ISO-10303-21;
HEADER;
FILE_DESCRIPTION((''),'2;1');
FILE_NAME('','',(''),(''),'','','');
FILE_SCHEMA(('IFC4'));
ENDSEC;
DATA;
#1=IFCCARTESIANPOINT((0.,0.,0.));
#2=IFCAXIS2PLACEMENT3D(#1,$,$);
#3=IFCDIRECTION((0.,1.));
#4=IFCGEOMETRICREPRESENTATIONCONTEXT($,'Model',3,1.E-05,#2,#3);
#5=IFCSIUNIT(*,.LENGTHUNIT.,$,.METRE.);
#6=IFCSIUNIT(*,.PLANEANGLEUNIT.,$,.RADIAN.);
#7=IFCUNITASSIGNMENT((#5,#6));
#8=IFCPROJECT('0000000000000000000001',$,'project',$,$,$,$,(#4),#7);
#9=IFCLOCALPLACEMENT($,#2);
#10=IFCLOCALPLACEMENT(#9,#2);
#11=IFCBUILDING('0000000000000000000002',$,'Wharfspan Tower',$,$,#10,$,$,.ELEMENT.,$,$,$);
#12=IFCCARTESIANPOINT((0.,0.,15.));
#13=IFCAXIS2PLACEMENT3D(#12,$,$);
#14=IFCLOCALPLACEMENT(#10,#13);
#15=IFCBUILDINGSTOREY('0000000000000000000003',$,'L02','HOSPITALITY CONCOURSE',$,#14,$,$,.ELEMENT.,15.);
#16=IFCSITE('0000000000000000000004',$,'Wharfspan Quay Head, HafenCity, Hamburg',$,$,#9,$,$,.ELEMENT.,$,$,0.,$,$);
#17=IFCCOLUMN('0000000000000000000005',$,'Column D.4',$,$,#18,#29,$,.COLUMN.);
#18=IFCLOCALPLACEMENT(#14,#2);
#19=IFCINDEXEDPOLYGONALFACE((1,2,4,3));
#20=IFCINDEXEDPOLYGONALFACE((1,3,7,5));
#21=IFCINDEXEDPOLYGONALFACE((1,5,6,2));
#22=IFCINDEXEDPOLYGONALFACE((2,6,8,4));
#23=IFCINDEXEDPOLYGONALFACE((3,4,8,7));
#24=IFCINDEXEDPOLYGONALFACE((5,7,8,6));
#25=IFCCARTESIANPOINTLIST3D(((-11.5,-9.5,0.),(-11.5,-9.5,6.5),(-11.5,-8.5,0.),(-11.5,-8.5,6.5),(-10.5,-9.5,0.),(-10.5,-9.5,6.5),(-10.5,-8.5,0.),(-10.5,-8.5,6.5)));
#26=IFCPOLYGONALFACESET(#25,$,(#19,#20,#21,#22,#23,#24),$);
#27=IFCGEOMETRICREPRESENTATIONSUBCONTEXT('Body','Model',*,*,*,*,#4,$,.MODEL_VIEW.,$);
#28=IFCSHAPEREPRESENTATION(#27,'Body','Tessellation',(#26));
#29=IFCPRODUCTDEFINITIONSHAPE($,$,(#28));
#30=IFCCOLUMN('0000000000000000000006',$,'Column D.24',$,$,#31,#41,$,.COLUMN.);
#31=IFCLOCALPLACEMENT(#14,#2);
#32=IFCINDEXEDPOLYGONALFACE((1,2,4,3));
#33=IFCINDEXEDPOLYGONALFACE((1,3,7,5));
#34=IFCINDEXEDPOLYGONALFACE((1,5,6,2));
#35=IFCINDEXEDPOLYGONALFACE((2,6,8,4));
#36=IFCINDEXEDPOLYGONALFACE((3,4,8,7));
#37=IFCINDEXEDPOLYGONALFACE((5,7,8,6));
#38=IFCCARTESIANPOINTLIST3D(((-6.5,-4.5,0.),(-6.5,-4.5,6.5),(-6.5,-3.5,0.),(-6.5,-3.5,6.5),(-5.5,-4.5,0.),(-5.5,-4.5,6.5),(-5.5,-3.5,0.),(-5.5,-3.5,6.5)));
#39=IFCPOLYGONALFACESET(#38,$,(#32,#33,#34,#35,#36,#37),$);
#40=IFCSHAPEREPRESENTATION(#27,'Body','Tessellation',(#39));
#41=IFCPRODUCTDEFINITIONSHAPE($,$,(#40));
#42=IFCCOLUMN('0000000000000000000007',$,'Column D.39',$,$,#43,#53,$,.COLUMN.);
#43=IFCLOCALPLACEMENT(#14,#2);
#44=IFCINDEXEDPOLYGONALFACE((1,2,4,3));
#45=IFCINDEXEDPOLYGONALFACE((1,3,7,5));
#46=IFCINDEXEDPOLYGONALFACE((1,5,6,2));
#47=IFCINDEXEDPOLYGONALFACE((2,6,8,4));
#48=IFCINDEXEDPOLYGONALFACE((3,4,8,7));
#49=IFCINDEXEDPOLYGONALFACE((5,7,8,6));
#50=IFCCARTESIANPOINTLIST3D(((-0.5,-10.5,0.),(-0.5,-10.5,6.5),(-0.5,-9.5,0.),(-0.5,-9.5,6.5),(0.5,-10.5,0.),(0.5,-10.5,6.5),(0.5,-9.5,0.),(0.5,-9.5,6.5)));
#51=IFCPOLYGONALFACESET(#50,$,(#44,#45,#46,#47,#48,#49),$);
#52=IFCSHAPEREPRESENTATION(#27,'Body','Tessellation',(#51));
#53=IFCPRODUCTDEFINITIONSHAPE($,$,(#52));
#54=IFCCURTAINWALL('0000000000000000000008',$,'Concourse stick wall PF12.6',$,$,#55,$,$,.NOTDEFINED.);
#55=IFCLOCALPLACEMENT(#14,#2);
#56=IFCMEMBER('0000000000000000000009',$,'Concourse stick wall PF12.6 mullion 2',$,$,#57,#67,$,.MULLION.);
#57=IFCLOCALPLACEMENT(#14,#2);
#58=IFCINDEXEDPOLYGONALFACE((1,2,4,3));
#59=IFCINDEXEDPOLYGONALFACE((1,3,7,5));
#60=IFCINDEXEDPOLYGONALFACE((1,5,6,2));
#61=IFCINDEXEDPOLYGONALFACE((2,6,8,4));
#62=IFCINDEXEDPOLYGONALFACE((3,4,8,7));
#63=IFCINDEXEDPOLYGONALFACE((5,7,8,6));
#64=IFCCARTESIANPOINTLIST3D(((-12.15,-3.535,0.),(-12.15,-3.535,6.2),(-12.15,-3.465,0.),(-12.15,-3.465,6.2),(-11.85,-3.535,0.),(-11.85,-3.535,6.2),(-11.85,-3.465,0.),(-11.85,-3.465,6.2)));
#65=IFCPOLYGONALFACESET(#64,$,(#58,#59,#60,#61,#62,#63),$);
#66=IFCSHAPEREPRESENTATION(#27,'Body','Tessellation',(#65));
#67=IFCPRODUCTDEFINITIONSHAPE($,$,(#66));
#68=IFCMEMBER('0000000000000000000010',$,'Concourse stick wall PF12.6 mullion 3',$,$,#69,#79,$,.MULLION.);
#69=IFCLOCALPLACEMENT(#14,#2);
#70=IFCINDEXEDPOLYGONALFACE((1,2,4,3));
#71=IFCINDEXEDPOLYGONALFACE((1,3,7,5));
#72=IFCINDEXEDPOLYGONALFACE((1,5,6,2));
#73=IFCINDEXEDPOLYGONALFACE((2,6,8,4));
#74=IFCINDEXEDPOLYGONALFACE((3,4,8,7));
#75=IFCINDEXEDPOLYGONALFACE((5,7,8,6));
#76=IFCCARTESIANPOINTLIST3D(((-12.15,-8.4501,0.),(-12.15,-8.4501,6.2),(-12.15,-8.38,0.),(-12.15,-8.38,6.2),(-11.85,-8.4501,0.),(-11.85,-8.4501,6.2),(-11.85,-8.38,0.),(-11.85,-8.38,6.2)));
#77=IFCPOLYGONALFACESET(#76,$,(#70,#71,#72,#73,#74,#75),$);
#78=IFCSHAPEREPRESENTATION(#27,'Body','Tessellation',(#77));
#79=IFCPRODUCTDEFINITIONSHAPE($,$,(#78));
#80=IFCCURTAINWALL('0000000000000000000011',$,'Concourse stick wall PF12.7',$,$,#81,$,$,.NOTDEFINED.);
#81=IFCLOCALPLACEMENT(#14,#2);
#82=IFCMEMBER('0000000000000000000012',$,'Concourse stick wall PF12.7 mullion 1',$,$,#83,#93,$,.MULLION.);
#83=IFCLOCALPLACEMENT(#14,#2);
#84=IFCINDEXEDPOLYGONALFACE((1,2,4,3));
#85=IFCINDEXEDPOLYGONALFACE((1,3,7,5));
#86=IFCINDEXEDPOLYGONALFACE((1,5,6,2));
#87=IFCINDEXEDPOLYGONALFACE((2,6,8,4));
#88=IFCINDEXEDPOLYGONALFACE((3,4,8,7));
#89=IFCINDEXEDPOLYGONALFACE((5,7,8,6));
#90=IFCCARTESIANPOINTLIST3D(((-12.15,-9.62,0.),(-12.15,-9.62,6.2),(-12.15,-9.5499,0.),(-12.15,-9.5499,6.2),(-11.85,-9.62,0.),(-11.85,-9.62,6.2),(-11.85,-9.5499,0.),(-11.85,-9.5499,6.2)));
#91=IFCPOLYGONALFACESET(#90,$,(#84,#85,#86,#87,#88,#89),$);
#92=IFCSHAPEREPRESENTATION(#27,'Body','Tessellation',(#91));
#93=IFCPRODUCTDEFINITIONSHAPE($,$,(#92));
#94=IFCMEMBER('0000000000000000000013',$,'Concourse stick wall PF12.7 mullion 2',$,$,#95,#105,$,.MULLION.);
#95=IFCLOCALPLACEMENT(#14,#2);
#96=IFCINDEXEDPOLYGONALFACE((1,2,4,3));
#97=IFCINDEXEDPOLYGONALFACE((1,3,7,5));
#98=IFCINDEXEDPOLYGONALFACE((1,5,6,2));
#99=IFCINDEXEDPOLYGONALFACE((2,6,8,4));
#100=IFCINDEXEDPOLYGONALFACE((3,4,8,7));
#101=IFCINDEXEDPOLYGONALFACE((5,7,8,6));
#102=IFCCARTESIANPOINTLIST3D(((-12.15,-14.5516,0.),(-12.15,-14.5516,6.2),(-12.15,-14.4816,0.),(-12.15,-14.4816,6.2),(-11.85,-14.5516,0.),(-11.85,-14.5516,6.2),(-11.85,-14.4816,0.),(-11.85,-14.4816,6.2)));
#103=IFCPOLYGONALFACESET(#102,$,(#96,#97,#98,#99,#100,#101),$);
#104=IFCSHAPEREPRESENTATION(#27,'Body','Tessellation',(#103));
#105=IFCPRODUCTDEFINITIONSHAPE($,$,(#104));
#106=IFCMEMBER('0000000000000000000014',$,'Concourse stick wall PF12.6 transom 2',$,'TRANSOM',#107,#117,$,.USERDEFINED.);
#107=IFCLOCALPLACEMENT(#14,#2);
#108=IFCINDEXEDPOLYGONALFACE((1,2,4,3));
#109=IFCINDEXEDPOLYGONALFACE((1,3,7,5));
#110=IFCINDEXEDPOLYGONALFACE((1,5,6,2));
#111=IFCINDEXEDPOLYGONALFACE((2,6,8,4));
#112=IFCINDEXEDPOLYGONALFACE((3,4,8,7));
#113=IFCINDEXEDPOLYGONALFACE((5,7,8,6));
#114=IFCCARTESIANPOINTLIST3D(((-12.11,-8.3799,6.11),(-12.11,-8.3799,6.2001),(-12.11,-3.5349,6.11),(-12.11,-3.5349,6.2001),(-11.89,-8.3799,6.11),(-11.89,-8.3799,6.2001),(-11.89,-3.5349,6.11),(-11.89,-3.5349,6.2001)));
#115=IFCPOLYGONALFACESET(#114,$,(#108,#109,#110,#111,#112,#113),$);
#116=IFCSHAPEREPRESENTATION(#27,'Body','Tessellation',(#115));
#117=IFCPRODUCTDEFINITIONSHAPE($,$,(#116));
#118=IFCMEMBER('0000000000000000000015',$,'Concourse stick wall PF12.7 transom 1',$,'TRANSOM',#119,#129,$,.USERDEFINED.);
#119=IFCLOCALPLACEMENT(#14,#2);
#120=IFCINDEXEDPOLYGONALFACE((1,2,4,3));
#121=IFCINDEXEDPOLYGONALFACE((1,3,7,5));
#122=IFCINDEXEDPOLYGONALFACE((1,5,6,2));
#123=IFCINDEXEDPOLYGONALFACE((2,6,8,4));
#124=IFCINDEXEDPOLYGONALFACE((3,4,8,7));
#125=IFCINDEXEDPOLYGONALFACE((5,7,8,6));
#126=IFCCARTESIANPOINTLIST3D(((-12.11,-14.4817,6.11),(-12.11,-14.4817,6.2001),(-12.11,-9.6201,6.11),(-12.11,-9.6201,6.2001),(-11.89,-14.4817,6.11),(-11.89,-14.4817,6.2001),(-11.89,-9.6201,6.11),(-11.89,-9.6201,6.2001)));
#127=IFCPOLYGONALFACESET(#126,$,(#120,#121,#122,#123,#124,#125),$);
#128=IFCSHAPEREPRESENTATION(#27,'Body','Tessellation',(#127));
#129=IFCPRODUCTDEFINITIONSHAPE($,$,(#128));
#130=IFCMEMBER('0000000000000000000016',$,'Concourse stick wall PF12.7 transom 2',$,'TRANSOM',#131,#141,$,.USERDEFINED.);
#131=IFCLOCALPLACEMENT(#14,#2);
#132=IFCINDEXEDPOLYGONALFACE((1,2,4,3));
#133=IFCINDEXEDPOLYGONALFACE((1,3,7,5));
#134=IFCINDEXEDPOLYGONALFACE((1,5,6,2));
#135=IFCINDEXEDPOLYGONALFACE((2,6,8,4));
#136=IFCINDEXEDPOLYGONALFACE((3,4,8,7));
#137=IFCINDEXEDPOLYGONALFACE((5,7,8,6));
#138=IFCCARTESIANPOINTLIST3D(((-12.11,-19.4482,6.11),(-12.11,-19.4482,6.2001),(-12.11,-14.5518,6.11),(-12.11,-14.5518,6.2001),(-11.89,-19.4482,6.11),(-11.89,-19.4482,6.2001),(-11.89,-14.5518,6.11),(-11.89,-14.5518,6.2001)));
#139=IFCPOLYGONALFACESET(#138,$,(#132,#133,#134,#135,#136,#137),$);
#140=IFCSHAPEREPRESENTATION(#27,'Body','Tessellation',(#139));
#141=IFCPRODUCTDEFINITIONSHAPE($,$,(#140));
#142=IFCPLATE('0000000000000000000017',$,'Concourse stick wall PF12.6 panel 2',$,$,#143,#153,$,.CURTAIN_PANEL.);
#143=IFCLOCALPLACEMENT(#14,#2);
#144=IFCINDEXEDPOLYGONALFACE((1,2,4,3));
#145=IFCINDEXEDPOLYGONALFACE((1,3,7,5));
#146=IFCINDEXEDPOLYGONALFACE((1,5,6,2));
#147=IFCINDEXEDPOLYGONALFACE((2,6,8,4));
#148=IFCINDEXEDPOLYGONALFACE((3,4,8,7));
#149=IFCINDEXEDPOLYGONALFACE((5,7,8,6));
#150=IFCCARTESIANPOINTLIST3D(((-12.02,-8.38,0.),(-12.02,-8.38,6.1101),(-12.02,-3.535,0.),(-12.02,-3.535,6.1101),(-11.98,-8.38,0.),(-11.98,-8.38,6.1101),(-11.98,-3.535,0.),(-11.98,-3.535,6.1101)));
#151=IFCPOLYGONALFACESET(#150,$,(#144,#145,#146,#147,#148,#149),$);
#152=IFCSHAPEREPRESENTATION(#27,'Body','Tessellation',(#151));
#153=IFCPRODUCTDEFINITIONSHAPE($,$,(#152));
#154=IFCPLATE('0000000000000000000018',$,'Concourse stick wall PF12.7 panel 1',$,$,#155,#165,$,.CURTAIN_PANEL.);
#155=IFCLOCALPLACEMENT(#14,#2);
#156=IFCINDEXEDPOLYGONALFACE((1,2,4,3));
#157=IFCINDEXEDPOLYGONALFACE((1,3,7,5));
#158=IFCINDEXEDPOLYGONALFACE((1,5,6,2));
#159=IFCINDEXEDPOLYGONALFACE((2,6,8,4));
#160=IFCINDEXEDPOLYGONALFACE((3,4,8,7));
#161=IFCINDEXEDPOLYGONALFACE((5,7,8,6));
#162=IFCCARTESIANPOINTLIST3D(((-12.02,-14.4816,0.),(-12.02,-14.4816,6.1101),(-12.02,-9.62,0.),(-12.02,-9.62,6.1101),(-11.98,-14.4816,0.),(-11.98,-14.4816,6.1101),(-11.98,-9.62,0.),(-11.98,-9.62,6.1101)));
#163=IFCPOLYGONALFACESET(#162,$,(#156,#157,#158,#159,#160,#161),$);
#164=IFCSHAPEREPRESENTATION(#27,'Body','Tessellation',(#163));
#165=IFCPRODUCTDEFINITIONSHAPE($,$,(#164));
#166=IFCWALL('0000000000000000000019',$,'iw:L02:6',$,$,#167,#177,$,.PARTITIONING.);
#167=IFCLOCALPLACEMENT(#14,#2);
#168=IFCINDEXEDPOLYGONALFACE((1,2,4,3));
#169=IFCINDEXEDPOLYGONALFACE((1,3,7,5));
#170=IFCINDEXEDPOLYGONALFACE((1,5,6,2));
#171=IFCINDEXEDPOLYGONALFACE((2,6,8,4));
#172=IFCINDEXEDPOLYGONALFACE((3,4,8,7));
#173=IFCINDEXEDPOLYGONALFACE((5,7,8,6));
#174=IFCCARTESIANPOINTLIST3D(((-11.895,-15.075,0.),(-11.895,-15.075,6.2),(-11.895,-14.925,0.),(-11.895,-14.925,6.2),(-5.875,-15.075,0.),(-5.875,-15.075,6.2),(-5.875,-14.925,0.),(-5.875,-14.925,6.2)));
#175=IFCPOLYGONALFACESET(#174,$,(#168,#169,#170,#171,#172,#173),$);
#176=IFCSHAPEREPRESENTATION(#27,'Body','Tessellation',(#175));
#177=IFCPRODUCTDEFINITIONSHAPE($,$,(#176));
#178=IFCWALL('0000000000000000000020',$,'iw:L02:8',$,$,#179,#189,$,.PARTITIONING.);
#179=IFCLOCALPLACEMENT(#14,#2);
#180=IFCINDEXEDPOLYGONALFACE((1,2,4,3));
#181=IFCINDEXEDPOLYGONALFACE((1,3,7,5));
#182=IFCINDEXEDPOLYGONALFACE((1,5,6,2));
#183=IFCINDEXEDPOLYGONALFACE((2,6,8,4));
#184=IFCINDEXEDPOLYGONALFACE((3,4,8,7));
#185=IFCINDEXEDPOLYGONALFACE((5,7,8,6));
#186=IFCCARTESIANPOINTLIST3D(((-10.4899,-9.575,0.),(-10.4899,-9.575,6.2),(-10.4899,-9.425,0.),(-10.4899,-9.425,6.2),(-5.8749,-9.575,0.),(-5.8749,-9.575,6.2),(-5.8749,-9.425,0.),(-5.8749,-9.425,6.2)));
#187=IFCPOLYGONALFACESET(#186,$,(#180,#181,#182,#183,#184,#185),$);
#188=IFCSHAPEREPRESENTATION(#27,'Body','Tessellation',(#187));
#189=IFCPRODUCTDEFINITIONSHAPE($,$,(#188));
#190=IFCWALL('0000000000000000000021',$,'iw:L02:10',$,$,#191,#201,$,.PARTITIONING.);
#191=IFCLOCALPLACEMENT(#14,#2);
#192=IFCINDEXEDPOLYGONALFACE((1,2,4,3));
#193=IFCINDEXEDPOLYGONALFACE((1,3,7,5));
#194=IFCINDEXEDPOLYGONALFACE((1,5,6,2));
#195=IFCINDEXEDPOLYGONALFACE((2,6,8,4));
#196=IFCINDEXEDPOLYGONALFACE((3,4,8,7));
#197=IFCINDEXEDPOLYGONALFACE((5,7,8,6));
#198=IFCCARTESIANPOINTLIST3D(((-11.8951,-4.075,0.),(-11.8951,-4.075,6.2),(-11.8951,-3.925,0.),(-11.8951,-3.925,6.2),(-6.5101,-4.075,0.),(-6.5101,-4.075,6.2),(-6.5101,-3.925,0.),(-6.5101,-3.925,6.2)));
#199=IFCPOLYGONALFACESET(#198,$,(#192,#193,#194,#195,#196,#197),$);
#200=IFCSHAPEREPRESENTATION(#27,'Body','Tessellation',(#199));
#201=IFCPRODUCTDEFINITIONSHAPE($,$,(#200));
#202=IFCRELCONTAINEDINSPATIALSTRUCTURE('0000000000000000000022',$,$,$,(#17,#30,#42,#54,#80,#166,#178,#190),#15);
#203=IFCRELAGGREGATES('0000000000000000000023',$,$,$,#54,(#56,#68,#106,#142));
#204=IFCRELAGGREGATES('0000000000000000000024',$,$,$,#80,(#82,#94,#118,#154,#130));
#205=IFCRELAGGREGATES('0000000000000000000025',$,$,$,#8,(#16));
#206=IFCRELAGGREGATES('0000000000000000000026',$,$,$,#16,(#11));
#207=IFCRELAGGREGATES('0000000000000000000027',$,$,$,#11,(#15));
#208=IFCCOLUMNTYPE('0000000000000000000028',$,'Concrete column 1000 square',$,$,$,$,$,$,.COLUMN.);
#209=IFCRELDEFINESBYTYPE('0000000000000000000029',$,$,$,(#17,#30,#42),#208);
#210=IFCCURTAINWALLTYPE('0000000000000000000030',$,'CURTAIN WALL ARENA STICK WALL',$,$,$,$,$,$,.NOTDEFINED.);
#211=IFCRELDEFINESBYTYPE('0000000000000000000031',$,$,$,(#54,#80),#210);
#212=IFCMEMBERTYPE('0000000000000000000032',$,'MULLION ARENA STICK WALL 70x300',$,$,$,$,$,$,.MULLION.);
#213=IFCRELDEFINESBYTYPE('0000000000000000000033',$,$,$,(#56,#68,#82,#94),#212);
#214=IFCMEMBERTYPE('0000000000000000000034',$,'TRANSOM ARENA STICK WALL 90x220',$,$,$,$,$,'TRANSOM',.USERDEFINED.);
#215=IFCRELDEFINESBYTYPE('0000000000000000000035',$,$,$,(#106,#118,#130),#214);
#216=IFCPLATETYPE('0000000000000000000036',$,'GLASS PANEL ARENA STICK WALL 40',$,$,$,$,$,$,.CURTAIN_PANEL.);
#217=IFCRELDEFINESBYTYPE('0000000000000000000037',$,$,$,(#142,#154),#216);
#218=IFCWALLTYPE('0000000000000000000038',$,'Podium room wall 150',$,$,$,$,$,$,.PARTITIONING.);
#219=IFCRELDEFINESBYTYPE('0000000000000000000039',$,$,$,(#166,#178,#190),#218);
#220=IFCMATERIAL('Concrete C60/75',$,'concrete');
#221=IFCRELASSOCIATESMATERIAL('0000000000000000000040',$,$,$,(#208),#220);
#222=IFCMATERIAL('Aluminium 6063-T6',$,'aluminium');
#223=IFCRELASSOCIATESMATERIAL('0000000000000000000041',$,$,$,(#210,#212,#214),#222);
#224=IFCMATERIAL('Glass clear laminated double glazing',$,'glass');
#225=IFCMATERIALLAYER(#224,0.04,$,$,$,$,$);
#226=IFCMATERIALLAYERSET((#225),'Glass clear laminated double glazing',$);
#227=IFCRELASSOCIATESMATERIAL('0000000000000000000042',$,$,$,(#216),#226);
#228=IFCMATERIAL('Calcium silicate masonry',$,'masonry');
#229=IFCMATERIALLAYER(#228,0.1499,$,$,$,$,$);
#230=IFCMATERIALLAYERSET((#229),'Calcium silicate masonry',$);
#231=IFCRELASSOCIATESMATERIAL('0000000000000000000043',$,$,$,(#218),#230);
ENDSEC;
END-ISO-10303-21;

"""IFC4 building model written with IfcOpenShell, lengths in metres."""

from ifc_helpers import new_model, si_unit, direction, frame, frame_2d, origin, origin_2d, place, context, subcontext, project, spatial, rectangle, extrude, material, layer, layer_set, material_profile, profile_set, type_object, element, aggregate, save


model = new_model("IFC4")

# Units and contexts
model_context = context("Model", 3, precision=1e-05, world=origin(), true_north=direction((0.0, 1.0)))
body_context = subcontext(model_context, "Body", "Model", "MODEL_VIEW")
ifc_project = project(units=[si_unit("LENGTHUNIT", "METRE"), si_unit("PLANEANGLEUNIT", "RADIAN")], contexts=[model_context])

# Site, building, storey
site_placement = place(None, origin())
site = spatial("IfcSite", under=ifc_project, at=site_placement, Name="Wharfspan Quay Head, HafenCity, Hamburg", CompositionType="ELEMENT", RefElevation=0.0)
building_placement = place(site_placement, origin())
building = spatial("IfcBuilding", under=site, at=building_placement, Name="Wharfspan Tower", CompositionType="ELEMENT")
storey_placement = place(building_placement, frame((0.0, 0.0, 15.0)))
storey = spatial("IfcBuildingStorey", under=building, at=storey_placement, Name="L02", Description="HOSPITALITY CONCOURSE", CompositionType="ELEMENT", Elevation=15.0)

# Columns
ifc_material_1 = material(Name="Concrete C60/75", Category="concrete")
ifc_material_profile_1 = material_profile(ifc_material_1, rectangle(XDim=1.0, YDim=1.0, at=origin_2d()))
ifc_profile_set_1 = profile_set([ifc_material_profile_1], Name="Concrete C60/75")
column_type = type_object("IfcColumnType", Name="Concrete column 1000 square", PredefinedType="COLUMN", material=ifc_profile_set_1)
for number, where, z_axis, x_axis, name in (
    (1, (-11.0, -9.0, 0.0), (0.0, 0.0, 1.0), (1.0, 0.0, 0.0), "Column D.4"),
    (2, (-6.0, -4.0, 0.0), (0.0, 0.0, 1.0), (1.0, 0.0, 0.0), "Column D.24"),
    (3, (0.0, -10.0, 0.0), (0.0, 0.0, 1.0), (1.0, 0.0, 0.0), "Column D.39"),
):
    element("IfcColumn", number, at=place(storey_placement, frame(where, z_axis=z_axis, x_axis=x_axis)), inside=storey, type_object=column_type, Name=name, PredefinedType="COLUMN", context=body_context, shape_type="SweptSolid", body=[
        extrude(rectangle(XDim=1.0, YDim=1.0, at=origin_2d()), origin(), (0.0, 0.0, 1.0), 6.5),
    ])

# Curtain walls, members
ifc_material_2 = material(Name="Aluminium 6063-T6", Category="aluminium")
curtain_wall_type = type_object("IfcCurtainWallType", Name="CURTAIN WALL ARENA STICK WALL", PredefinedType="NOTDEFINED", material=ifc_material_2)
curtain_wall_1_placement = place(storey_placement, origin())
curtain_wall_1 = element("IfcCurtainWall", 4, at=curtain_wall_1_placement, inside=storey, type_object=curtain_wall_type, Name="Concourse stick wall PF12.6", PredefinedType="NOTDEFINED")
ifc_material_profile_2 = material_profile(ifc_material_2, rectangle(XDim=0.3, YDim=0.0701, at=origin_2d()))
ifc_profile_set_2 = profile_set([ifc_material_profile_2], Name="Aluminium 6063-T6")
member_type_1 = type_object("IfcMemberType", Name="MULLION ARENA STICK WALL 70x300", PredefinedType="MULLION", material=ifc_profile_set_2)
member_1_placement = place(storey_placement, frame((-12.0, -3.5, 0.0), z_axis=(0.0, 0.0, 1.0), x_axis=(1.0, 0.0, 0.0)))
member_1 = element("IfcMember", 5, at=member_1_placement, type_object=member_type_1, Name="Concourse stick wall PF12.6 mullion 2", PredefinedType="MULLION", context=body_context, shape_type="SweptSolid", body=[
    extrude(rectangle(XDim=0.3, YDim=0.0701, at=origin_2d()), origin(), (0.0, 0.0, 1.0), 6.2),
])
member_2_placement = place(storey_placement, frame((-12.0, -8.415, 0.0), z_axis=(0.0, 0.0, 1.0), x_axis=(1.0, 0.0, 0.0)))
member_2 = element("IfcMember", 6, at=member_2_placement, type_object=member_type_1, Name="Concourse stick wall PF12.6 mullion 3", PredefinedType="MULLION", context=body_context, shape_type="SweptSolid", body=[
    extrude(rectangle(XDim=0.3, YDim=0.0701, at=origin_2d()), origin(), (0.0, 0.0, 1.0), 6.2),
])
curtain_wall_2_placement = place(storey_placement, origin())
curtain_wall_2 = element("IfcCurtainWall", 7, at=curtain_wall_2_placement, inside=storey, type_object=curtain_wall_type, Name="Concourse stick wall PF12.7", PredefinedType="NOTDEFINED")
member_3_placement = place(storey_placement, frame((-12.0, -9.585, 0.0), z_axis=(0.0, 0.0, 1.0), x_axis=(1.0, 0.0, 0.0)))
member_3 = element("IfcMember", 8, at=member_3_placement, type_object=member_type_1, Name="Concourse stick wall PF12.7 mullion 1", PredefinedType="MULLION", context=body_context, shape_type="SweptSolid", body=[
    extrude(rectangle(XDim=0.3, YDim=0.0701, at=origin_2d()), origin(), (0.0, 0.0, 1.0), 6.2),
])
member_4_placement = place(storey_placement, frame((-12.0, -14.5166, 0.0), z_axis=(0.0, 0.0, 1.0), x_axis=(1.0, 0.0, 0.0)))
member_4 = element("IfcMember", 9, at=member_4_placement, type_object=member_type_1, Name="Concourse stick wall PF12.7 mullion 2", PredefinedType="MULLION", context=body_context, shape_type="SweptSolid", body=[
    extrude(rectangle(XDim=0.3, YDim=0.0701, at=origin_2d()), origin(), (0.0, 0.0, 1.0), 6.2),
])

# Members
ifc_material_profile_3 = material_profile(ifc_material_2, rectangle(XDim=0.22, YDim=0.0901, at=origin_2d()))
ifc_profile_set_3 = profile_set([ifc_material_profile_3], Name="Aluminium 6063-T6")
member_type_2 = type_object("IfcMemberType", Name="TRANSOM ARENA STICK WALL 90x220", ElementType="TRANSOM", PredefinedType="USERDEFINED", material=ifc_profile_set_3)
member_5_placement = place(storey_placement, frame((-12.0, -3.5349, 6.155), z_axis=(0.0, -1.0, 0.0), x_axis=(1.0, 0.0, 0.0)))
member_5 = element("IfcMember", 10, at=member_5_placement, type_object=member_type_2, Name="Concourse stick wall PF12.6 transom 2", ObjectType="TRANSOM", PredefinedType="USERDEFINED", context=body_context, shape_type="SweptSolid", body=[
    extrude(rectangle(XDim=0.22, YDim=0.0901, at=origin_2d()), origin(), (0.0, 0.0, 1.0), 4.845),
])
member_6_placement = place(storey_placement, frame((-12.0, -9.6201, 6.155), z_axis=(0.0, -1.0, 0.0), x_axis=(1.0, 0.0, 0.0)))
member_6 = element("IfcMember", 11, at=member_6_placement, type_object=member_type_2, Name="Concourse stick wall PF12.7 transom 1", ObjectType="TRANSOM", PredefinedType="USERDEFINED", context=body_context, shape_type="SweptSolid", body=[
    extrude(rectangle(XDim=0.22, YDim=0.0901, at=origin_2d()), origin(), (0.0, 0.0, 1.0), 4.8616),
])
member_7_placement = place(storey_placement, frame((-12.0, -14.5518, 6.155), z_axis=(0.0, -1.0, 0.0), x_axis=(1.0, 0.0, 0.0)))
member_7 = element("IfcMember", 12, at=member_7_placement, type_object=member_type_2, Name="Concourse stick wall PF12.7 transom 2", ObjectType="TRANSOM", PredefinedType="USERDEFINED", context=body_context, shape_type="SweptSolid", body=[
    extrude(rectangle(XDim=0.22, YDim=0.0901, at=origin_2d()), origin(), (0.0, 0.0, 1.0), 4.8965),
])

# Plates
ifc_material_3 = material(Name="Glass clear laminated double glazing", Category="glass")
ifc_layer_1 = layer(ifc_material_3, 0.04)
ifc_layer_set_1 = layer_set([ifc_layer_1], Name="Glass clear laminated double glazing")
plate_type = type_object("IfcPlateType", Name="GLASS PANEL ARENA STICK WALL 40", PredefinedType="CURTAIN_PANEL", material=ifc_layer_set_1)
plate_1_placement = place(storey_placement, frame((-12.0, -5.9575, 0.0), z_axis=(0.0, 0.0, 1.0), x_axis=(0.0, -1.0, 0.0)))
plate_1 = element("IfcPlate", 13, at=plate_1_placement, type_object=plate_type, Name="Concourse stick wall PF12.6 panel 2", PredefinedType="CURTAIN_PANEL", context=body_context, shape_type="SweptSolid", body=[
    extrude(rectangle(XDim=4.845, YDim=0.04, at=origin_2d()), origin(), (0.0, 0.0, 1.0), 6.1101),
])
aggregate(curtain_wall_1, [member_1, member_2, member_5, plate_1])
plate_2_placement = place(storey_placement, frame((-12.0, -12.0508, 0.0), z_axis=(0.0, 0.0, 1.0), x_axis=(0.0, -1.0, 0.0)))
plate_2 = element("IfcPlate", 14, at=plate_2_placement, type_object=plate_type, Name="Concourse stick wall PF12.7 panel 1", PredefinedType="CURTAIN_PANEL", context=body_context, shape_type="SweptSolid", body=[
    extrude(rectangle(XDim=4.8616, YDim=0.04, at=origin_2d()), origin(), (0.0, 0.0, 1.0), 6.1101),
])
aggregate(curtain_wall_2, [member_3, member_4, member_6, plate_2, member_7])

# Walls
ifc_material_4 = material(Name="Calcium silicate masonry", Category="masonry")
ifc_layer_2 = layer(ifc_material_4, 0.1499)
ifc_layer_set_2 = layer_set([ifc_layer_2], Name="Calcium silicate masonry")
wall_type_1 = type_object("IfcWallType", Name="Podium room wall 150", PredefinedType="PARTITIONING", material=ifc_layer_set_2)
wall_1_placement = place(storey_placement, frame((-11.895, -15.0, 0.0), z_axis=(0.0, 0.0, 1.0), x_axis=(1.0, 0.0, 0.0)))
element("IfcWall", 15, at=wall_1_placement, inside=storey, type_object=wall_type_1, Name="iw:L02:6", PredefinedType="PARTITIONING", context=body_context, shape_type="SweptSolid", body=[
    extrude(rectangle(XDim=6.02, YDim=0.1499, at=frame_2d((3.01, 0.0))), origin(), (0.0, 0.0, 1.0), 6.2),
])
wall_2_placement = place(storey_placement, frame((-10.49, -9.5, 0.0), z_axis=(0.0, 0.0, 1.0), x_axis=(1.0, 0.0, 0.0)))
element("IfcWall", 16, at=wall_2_placement, inside=storey, type_object=wall_type_1, Name="iw:L02:8", PredefinedType="PARTITIONING", context=body_context, shape_type="SweptSolid", body=[
    extrude(rectangle(XDim=4.615, YDim=0.1499, at=frame_2d((2.3076, 0.0))), origin(), (0.0, 0.0, 1.0), 6.2),
])
wall_3_placement = place(storey_placement, frame((-11.895, -4.0, 0.0), z_axis=(0.0, 0.0, 1.0), x_axis=(1.0, 0.0, 0.0)))
element("IfcWall", 17, at=wall_3_placement, inside=storey, type_object=wall_type_1, Name="iw:L02:10", PredefinedType="PARTITIONING", context=body_context, shape_type="SweptSolid", body=[
    extrude(rectangle(XDim=5.385, YDim=0.1499, at=frame_2d((2.6924, 0.0))), origin(), (0.0, 0.0, 1.0), 6.2),
])

save(model, "model.ifc")
